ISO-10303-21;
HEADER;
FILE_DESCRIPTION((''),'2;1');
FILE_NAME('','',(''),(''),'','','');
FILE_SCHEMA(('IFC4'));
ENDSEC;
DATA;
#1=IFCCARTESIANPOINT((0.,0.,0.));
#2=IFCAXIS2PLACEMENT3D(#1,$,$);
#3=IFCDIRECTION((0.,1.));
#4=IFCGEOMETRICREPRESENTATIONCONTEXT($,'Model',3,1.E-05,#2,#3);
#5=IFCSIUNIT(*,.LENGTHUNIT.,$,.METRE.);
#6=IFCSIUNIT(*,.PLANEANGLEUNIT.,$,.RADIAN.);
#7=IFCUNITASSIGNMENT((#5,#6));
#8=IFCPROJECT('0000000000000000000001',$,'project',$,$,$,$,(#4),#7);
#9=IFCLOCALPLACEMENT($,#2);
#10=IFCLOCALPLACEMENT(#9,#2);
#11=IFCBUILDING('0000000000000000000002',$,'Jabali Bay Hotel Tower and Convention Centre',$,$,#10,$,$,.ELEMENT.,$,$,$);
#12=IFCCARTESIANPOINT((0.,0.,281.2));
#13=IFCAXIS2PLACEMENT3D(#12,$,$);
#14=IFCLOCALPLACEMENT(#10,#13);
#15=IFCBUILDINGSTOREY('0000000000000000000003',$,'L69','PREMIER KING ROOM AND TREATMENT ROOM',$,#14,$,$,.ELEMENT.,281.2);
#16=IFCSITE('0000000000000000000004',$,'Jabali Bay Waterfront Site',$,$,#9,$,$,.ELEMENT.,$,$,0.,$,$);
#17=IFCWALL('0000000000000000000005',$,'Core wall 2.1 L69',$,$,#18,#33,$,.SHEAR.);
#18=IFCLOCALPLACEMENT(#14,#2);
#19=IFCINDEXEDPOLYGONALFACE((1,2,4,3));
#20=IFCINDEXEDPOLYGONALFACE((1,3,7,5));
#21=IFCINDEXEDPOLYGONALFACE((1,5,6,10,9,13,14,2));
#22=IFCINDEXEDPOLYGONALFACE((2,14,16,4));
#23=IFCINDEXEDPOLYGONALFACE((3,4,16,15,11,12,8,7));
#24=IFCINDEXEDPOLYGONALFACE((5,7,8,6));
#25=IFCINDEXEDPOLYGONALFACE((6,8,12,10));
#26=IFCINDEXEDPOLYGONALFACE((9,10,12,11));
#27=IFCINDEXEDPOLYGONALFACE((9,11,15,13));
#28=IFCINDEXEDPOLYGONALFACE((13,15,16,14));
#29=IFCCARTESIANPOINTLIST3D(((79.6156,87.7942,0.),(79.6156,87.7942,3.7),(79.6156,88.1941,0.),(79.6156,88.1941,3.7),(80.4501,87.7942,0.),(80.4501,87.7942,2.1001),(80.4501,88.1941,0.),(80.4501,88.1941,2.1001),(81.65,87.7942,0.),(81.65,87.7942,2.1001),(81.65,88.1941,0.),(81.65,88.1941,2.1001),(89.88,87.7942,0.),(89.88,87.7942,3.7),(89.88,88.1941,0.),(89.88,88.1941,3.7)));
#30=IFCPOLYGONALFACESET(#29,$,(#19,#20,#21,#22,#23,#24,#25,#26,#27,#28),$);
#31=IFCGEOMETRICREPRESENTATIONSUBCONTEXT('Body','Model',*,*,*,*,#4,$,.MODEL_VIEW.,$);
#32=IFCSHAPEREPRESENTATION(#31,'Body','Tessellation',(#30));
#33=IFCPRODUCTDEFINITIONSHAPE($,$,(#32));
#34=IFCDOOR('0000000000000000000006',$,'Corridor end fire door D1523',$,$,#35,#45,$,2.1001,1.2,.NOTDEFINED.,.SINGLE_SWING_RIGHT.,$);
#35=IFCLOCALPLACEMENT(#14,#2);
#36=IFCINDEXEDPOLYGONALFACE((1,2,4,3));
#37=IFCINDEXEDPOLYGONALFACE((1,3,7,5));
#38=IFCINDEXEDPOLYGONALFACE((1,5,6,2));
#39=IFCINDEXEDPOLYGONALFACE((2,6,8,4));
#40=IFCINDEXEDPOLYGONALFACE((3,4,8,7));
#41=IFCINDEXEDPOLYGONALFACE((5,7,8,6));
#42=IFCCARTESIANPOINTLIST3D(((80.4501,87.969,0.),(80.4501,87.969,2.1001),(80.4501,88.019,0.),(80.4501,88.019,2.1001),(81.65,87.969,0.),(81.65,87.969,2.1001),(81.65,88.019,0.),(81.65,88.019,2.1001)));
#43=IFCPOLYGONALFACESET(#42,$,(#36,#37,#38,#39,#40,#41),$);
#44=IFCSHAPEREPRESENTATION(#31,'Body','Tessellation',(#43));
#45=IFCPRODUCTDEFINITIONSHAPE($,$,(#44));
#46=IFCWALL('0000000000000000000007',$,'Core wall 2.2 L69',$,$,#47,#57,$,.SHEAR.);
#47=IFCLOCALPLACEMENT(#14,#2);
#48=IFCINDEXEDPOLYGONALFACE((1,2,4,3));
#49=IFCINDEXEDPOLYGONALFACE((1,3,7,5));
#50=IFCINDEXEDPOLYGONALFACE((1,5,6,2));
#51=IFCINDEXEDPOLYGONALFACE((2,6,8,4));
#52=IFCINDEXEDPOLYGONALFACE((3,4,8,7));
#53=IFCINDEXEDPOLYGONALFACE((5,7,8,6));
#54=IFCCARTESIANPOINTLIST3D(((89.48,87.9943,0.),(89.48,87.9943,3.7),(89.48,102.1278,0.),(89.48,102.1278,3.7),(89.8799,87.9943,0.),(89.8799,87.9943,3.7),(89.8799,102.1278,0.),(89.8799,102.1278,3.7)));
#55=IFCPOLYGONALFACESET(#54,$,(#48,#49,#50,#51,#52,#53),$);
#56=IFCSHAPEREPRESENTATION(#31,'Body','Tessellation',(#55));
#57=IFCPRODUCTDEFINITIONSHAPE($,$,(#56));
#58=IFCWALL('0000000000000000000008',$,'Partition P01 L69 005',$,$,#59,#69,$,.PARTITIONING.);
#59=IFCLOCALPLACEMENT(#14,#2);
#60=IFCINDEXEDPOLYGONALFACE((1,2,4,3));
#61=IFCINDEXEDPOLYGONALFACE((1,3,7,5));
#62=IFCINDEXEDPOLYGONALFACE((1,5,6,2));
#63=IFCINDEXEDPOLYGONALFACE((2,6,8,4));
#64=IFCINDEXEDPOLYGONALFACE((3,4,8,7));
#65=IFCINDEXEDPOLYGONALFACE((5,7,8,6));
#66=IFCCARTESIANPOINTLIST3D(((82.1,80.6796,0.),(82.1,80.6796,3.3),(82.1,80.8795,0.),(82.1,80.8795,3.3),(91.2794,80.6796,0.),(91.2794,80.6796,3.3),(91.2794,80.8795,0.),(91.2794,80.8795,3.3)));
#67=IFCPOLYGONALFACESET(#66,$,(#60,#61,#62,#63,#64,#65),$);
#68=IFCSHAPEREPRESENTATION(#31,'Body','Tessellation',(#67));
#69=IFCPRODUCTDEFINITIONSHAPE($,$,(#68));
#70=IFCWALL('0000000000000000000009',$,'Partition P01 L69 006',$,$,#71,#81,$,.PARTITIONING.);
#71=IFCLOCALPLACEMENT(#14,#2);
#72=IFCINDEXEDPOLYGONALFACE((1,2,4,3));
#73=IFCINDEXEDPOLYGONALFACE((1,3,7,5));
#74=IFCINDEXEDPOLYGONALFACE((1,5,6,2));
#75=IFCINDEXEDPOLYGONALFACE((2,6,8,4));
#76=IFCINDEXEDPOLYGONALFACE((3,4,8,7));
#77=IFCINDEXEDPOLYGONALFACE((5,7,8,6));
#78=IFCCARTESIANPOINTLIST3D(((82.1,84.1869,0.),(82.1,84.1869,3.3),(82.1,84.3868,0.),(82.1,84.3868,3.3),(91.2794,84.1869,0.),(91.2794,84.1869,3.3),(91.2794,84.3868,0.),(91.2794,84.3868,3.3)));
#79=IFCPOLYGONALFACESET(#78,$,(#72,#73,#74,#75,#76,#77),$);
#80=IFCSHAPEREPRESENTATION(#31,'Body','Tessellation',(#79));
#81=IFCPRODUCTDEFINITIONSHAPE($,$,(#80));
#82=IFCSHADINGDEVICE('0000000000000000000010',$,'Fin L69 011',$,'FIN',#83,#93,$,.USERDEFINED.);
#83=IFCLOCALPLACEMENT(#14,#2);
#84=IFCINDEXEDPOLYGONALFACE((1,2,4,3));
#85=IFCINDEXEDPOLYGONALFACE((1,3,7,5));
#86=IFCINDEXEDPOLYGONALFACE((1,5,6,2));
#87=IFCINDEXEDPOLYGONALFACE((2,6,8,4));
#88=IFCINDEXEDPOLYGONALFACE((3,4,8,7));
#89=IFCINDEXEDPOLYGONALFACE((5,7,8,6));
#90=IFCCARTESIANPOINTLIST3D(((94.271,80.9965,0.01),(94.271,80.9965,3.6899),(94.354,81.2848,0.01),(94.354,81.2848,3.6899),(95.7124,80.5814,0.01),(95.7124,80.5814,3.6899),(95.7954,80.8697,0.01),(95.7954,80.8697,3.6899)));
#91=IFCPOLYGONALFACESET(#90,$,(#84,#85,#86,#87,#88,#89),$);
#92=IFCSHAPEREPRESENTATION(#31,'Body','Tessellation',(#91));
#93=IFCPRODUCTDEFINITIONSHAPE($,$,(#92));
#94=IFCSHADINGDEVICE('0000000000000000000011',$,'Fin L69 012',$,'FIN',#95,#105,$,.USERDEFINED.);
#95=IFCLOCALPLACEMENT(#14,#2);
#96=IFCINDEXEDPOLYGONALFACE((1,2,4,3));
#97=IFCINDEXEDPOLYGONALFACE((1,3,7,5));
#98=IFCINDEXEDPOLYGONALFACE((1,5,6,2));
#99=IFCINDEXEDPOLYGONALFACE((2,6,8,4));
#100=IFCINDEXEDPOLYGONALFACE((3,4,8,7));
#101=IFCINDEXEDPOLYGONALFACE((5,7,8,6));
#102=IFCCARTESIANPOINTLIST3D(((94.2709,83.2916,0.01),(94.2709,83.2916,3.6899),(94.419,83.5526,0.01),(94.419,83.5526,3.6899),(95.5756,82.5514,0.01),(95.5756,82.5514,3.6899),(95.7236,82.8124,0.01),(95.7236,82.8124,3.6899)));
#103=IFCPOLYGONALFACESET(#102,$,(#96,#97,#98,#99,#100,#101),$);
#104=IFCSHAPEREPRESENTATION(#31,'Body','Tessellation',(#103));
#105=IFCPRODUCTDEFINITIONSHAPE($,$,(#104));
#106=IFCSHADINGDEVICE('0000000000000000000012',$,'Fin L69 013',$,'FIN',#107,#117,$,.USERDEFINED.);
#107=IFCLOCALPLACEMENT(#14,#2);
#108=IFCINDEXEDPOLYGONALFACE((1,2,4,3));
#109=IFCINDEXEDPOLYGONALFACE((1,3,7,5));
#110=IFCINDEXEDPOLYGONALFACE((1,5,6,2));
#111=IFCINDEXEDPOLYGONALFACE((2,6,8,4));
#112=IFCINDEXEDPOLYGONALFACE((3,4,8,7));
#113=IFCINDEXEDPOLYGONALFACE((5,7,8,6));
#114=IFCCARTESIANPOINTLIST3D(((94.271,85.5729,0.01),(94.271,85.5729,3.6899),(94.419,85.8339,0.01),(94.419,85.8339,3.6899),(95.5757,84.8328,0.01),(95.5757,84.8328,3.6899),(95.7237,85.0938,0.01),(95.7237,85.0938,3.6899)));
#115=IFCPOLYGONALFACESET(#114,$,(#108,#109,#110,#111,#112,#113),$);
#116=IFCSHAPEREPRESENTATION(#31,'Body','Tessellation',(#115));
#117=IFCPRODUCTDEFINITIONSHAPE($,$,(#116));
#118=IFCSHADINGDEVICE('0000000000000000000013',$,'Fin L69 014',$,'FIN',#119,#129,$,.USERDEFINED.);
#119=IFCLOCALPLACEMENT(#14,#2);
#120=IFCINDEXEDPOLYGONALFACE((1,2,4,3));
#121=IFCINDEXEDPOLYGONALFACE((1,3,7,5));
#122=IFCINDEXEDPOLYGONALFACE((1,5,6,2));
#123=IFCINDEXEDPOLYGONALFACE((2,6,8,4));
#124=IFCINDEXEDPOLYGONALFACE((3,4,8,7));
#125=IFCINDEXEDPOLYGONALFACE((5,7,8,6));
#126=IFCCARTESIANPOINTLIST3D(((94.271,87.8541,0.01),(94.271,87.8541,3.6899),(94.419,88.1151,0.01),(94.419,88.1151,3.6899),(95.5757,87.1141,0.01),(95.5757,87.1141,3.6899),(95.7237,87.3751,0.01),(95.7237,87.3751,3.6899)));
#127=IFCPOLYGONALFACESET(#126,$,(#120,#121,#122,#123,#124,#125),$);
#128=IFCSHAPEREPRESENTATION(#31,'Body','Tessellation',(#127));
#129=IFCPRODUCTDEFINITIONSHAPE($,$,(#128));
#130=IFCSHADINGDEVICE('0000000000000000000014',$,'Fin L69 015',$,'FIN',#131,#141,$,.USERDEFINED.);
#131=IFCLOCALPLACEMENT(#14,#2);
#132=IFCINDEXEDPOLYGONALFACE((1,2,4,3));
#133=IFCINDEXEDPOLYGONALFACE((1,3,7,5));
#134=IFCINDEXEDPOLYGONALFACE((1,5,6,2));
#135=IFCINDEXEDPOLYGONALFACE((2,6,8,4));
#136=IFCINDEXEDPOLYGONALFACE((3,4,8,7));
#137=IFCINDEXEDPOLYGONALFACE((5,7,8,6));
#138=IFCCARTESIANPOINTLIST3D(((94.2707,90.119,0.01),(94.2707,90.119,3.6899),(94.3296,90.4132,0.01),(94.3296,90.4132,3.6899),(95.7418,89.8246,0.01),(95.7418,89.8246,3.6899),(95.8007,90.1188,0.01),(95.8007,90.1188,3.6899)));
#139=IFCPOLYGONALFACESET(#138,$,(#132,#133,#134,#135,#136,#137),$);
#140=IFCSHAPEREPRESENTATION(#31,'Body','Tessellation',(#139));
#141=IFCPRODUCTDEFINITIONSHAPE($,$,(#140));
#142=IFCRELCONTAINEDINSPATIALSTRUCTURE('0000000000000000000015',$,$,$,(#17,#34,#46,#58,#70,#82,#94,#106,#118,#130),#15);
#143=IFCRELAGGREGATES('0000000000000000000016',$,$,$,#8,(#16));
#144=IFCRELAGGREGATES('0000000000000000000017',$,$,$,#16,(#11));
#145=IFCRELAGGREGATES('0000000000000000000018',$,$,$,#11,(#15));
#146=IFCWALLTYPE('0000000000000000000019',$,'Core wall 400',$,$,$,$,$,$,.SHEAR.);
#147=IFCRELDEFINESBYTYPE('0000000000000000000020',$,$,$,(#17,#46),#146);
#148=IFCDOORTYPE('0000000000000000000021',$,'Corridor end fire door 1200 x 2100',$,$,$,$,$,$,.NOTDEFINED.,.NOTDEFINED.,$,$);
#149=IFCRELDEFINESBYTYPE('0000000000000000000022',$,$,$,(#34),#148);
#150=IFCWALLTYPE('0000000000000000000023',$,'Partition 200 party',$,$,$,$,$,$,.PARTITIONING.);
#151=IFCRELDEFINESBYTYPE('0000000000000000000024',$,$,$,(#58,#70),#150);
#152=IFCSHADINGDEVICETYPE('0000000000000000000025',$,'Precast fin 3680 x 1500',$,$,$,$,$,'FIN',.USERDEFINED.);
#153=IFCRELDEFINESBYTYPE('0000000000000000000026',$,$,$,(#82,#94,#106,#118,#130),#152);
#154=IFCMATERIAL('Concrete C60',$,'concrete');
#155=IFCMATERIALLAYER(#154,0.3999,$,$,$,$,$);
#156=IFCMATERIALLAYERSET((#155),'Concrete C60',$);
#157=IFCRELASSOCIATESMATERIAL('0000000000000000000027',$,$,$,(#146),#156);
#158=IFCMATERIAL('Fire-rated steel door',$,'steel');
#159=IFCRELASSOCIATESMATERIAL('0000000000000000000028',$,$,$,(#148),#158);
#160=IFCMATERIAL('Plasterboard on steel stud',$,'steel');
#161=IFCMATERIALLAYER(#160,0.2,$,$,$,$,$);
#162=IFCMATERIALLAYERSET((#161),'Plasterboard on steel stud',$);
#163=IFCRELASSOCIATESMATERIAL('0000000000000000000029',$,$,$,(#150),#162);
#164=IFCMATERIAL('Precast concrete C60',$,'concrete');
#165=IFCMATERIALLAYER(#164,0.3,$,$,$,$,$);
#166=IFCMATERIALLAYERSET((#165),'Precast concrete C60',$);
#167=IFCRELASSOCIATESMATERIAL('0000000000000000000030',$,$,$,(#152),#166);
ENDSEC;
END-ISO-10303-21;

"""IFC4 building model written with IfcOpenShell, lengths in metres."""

from ifc_helpers import new_model, si_unit, direction, frame, frame_2d, origin, place, context, subcontext, project, spatial, rectangle, extrude, material, layer, layer_set, type_object, element, fill, save


model = new_model("IFC4")

# Units and contexts
model_context = context("Model", 3, precision=1e-05, world=origin(), true_north=direction((0.0, 1.0)))
body_context = subcontext(model_context, "Body", "Model", "MODEL_VIEW")
ifc_project = project(units=[si_unit("LENGTHUNIT", "METRE"), si_unit("PLANEANGLEUNIT", "RADIAN")], contexts=[model_context])

# Site, building, storey
site_placement = place(None, origin())
site = spatial("IfcSite", under=ifc_project, at=site_placement, Name="Jabali Bay Waterfront Site", CompositionType="ELEMENT", RefElevation=0.0)
building_placement = place(site_placement, origin())
building = spatial("IfcBuilding", under=site, at=building_placement, Name="Jabali Bay Hotel Tower and Convention Centre", CompositionType="ELEMENT")
storey_placement = place(building_placement, frame((0.0, 0.0, 281.2)))
storey = spatial("IfcBuildingStorey", under=building, at=storey_placement, Name="L69", Description="PREMIER KING ROOM AND TREATMENT ROOM", CompositionType="ELEMENT", Elevation=281.2)

# Shared definitions
ifc_material_1 = material(Name="Concrete C60", Category="concrete")

# Shared definitions
ifc_material_2 = material(Name="Fire-rated steel door", Category="steel")

# Wall, opening, door
ifc_layer_1 = layer(ifc_material_1, 0.3999)
ifc_layer_set_1 = layer_set([ifc_layer_1], Name="Concrete C60")
wall_type_1 = type_object("IfcWallType", Name="Core wall 400", PredefinedType="SHEAR", material=ifc_layer_set_1)
wall_1_placement = place(storey_placement, frame((79.6155, 87.9941, 0.0), z_axis=(0.0, 0.0, 1.0), x_axis=(1.0, 0.0, 0.0)))
wall_1 = element("IfcWall", 1, at=wall_1_placement, inside=storey, type_object=wall_type_1, Name="Core wall 2.1 L69", PredefinedType="SHEAR", context=body_context, shape_type="SweptSolid", body=[
    extrude(rectangle(XDim=10.2644, YDim=0.3999, at=frame_2d((5.1323, 0.0))), origin(), (0.0, 0.0, 1.0), 3.7),
])
opening_1_placement = place(wall_1_placement, frame((0.8345, 0.0, 0.0)))
opening_1 = element("IfcOpeningElement", 2, at=opening_1_placement, cuts=wall_1, PredefinedType="OPENING", context=body_context, shape_type="SweptSolid", body=[
    extrude(rectangle(XDim=1.2, YDim=2.1001, at=frame_2d((0.6001, 1.05))), frame((0.0, 0.2104, 0.0), z_axis=(0.0, -1.0, 0.0), x_axis=(1.0, 0.0, 0.0)), (0.0, 0.0, 1.0), 0.4209),
])
door_type_1 = type_object("IfcDoorType", Name="Corridor end fire door 1200 x 2100", OperationType="NOTDEFINED", PredefinedType="NOTDEFINED", material=ifc_material_2)
door_1_placement = place(opening_1_placement, origin())
door_1 = element("IfcDoor", 3, at=door_1_placement, inside=storey, type_object=door_type_1, Name="Corridor end fire door D1523", OperationType="SINGLE_SWING_RIGHT", OverallHeight=2.1001, OverallWidth=1.2, PredefinedType="NOTDEFINED", context=body_context, shape_type="SweptSolid", body=[
    extrude(rectangle(XDim=1.2, YDim=2.1001, at=frame_2d((0.6001, 1.05))), frame((0.0, 0.0249, 0.0), z_axis=(0.0, -1.0, 0.0), x_axis=(1.0, 0.0, 0.0)), (0.0, 0.0, 1.0), 0.05),
])
fill(opening_1, door_1)

# Walls
wall_2_placement = place(storey_placement, frame((89.6799, 87.9941, 0.0), z_axis=(0.0, 0.0, 1.0), x_axis=(0.0, 1.0, 0.0)))
element("IfcWall", 4, at=wall_2_placement, inside=storey, type_object=wall_type_1, Name="Core wall 2.2 L69", PredefinedType="SHEAR", context=body_context, shape_type="SweptSolid", body=[
    extrude(rectangle(XDim=14.1335, YDim=0.3999, at=frame_2d((7.0669, 0.0))), origin(), (0.0, 0.0, 1.0), 3.7),
])
ifc_material_3 = material(Name="Plasterboard on steel stud", Category="steel")
ifc_layer_2 = layer(ifc_material_3, 0.2)
ifc_layer_set_2 = layer_set([ifc_layer_2], Name="Plasterboard on steel stud")
wall_type_2 = type_object("IfcWallType", Name="Partition 200 party", PredefinedType="PARTITIONING", material=ifc_layer_set_2)
for number, where, z_axis, x_axis, name in (
    (5, (91.2795, 80.7795, 0.0), (0.0, 0.0, 1.0), (-1.0, 0.0, 0.0), "Partition P01 L69 005"),
    (6, (91.2795, 84.2869, 0.0), (0.0, 0.0, 1.0), (-1.0, 0.0, 0.0), "Partition P01 L69 006"),
):
    element("IfcWall", number, at=place(storey_placement, frame(where, z_axis=z_axis, x_axis=x_axis)), inside=storey, type_object=wall_type_2, Name=name, PredefinedType="PARTITIONING", context=body_context, shape_type="SweptSolid", body=[
        extrude(rectangle(XDim=9.1794, YDim=0.2, at=frame_2d((4.5898, 0.0))), origin(), (0.0, 0.0, 1.0), 3.3),
    ])

# Shading devices
ifc_material_4 = material(Name="Precast concrete C60", Category="concrete")
ifc_layer_3 = layer(ifc_material_4, 0.3)
ifc_layer_set_3 = layer_set([ifc_layer_3], Name="Precast concrete C60")
shading_device_type = type_object("IfcShadingDeviceType", Name="Precast fin 3680 x 1500", ElementType="FIN", PredefinedType="USERDEFINED", material=ifc_layer_set_3)
for number, where, z_axis, x_axis, name in (
    (7, (94.3125, 81.1406, 0.01), (0.0, 0.0, 1.0), (0.960957, -0.276698, 0.0), "Fin L69 011"),
    (8, (94.345, 83.4221, 0.01), (0.0, 0.0, 1.0), (0.869761, -0.493472, 0.0), "Fin L69 012"),
    (9, (94.345, 85.7034, 0.01), (0.0, 0.0, 1.0), (0.869831, -0.493349, 0.0), "Fin L69 013"),
    (10, (94.345, 87.9846, 0.01), (0.0, 0.0, 1.0), (0.869831, -0.493349, 0.0), "Fin L69 014"),
):
    element("IfcShadingDevice", number, at=place(storey_placement, frame(where, z_axis=z_axis, x_axis=x_axis)), inside=storey, type_object=shading_device_type, Name=name, ObjectType="FIN", PredefinedType="USERDEFINED", context=body_context, shape_type="SweptSolid", body=[
        extrude(rectangle(XDim=1.5, YDim=0.3, at=frame_2d((0.75, 0.0))), origin(), (0.0, 0.0, 1.0), 3.6799),
    ])
shading_device_placement = place(storey_placement, frame((94.3003, 90.2661, 0.01), z_axis=(0.0, 0.0, 1.0), x_axis=(0.980549, -0.196273, 0.0)))
element("IfcShadingDevice", 11, at=shading_device_placement, inside=storey, type_object=shading_device_type, Name="Fin L69 015", ObjectType="FIN", PredefinedType="USERDEFINED", context=body_context, shape_type="SweptSolid", body=[
    extrude(rectangle(XDim=1.5002, YDim=0.3, at=frame_2d((0.75, 0.0))), origin(), (0.0, 0.0, 1.0), 3.6799),
])

save(model, "model.ifc")
